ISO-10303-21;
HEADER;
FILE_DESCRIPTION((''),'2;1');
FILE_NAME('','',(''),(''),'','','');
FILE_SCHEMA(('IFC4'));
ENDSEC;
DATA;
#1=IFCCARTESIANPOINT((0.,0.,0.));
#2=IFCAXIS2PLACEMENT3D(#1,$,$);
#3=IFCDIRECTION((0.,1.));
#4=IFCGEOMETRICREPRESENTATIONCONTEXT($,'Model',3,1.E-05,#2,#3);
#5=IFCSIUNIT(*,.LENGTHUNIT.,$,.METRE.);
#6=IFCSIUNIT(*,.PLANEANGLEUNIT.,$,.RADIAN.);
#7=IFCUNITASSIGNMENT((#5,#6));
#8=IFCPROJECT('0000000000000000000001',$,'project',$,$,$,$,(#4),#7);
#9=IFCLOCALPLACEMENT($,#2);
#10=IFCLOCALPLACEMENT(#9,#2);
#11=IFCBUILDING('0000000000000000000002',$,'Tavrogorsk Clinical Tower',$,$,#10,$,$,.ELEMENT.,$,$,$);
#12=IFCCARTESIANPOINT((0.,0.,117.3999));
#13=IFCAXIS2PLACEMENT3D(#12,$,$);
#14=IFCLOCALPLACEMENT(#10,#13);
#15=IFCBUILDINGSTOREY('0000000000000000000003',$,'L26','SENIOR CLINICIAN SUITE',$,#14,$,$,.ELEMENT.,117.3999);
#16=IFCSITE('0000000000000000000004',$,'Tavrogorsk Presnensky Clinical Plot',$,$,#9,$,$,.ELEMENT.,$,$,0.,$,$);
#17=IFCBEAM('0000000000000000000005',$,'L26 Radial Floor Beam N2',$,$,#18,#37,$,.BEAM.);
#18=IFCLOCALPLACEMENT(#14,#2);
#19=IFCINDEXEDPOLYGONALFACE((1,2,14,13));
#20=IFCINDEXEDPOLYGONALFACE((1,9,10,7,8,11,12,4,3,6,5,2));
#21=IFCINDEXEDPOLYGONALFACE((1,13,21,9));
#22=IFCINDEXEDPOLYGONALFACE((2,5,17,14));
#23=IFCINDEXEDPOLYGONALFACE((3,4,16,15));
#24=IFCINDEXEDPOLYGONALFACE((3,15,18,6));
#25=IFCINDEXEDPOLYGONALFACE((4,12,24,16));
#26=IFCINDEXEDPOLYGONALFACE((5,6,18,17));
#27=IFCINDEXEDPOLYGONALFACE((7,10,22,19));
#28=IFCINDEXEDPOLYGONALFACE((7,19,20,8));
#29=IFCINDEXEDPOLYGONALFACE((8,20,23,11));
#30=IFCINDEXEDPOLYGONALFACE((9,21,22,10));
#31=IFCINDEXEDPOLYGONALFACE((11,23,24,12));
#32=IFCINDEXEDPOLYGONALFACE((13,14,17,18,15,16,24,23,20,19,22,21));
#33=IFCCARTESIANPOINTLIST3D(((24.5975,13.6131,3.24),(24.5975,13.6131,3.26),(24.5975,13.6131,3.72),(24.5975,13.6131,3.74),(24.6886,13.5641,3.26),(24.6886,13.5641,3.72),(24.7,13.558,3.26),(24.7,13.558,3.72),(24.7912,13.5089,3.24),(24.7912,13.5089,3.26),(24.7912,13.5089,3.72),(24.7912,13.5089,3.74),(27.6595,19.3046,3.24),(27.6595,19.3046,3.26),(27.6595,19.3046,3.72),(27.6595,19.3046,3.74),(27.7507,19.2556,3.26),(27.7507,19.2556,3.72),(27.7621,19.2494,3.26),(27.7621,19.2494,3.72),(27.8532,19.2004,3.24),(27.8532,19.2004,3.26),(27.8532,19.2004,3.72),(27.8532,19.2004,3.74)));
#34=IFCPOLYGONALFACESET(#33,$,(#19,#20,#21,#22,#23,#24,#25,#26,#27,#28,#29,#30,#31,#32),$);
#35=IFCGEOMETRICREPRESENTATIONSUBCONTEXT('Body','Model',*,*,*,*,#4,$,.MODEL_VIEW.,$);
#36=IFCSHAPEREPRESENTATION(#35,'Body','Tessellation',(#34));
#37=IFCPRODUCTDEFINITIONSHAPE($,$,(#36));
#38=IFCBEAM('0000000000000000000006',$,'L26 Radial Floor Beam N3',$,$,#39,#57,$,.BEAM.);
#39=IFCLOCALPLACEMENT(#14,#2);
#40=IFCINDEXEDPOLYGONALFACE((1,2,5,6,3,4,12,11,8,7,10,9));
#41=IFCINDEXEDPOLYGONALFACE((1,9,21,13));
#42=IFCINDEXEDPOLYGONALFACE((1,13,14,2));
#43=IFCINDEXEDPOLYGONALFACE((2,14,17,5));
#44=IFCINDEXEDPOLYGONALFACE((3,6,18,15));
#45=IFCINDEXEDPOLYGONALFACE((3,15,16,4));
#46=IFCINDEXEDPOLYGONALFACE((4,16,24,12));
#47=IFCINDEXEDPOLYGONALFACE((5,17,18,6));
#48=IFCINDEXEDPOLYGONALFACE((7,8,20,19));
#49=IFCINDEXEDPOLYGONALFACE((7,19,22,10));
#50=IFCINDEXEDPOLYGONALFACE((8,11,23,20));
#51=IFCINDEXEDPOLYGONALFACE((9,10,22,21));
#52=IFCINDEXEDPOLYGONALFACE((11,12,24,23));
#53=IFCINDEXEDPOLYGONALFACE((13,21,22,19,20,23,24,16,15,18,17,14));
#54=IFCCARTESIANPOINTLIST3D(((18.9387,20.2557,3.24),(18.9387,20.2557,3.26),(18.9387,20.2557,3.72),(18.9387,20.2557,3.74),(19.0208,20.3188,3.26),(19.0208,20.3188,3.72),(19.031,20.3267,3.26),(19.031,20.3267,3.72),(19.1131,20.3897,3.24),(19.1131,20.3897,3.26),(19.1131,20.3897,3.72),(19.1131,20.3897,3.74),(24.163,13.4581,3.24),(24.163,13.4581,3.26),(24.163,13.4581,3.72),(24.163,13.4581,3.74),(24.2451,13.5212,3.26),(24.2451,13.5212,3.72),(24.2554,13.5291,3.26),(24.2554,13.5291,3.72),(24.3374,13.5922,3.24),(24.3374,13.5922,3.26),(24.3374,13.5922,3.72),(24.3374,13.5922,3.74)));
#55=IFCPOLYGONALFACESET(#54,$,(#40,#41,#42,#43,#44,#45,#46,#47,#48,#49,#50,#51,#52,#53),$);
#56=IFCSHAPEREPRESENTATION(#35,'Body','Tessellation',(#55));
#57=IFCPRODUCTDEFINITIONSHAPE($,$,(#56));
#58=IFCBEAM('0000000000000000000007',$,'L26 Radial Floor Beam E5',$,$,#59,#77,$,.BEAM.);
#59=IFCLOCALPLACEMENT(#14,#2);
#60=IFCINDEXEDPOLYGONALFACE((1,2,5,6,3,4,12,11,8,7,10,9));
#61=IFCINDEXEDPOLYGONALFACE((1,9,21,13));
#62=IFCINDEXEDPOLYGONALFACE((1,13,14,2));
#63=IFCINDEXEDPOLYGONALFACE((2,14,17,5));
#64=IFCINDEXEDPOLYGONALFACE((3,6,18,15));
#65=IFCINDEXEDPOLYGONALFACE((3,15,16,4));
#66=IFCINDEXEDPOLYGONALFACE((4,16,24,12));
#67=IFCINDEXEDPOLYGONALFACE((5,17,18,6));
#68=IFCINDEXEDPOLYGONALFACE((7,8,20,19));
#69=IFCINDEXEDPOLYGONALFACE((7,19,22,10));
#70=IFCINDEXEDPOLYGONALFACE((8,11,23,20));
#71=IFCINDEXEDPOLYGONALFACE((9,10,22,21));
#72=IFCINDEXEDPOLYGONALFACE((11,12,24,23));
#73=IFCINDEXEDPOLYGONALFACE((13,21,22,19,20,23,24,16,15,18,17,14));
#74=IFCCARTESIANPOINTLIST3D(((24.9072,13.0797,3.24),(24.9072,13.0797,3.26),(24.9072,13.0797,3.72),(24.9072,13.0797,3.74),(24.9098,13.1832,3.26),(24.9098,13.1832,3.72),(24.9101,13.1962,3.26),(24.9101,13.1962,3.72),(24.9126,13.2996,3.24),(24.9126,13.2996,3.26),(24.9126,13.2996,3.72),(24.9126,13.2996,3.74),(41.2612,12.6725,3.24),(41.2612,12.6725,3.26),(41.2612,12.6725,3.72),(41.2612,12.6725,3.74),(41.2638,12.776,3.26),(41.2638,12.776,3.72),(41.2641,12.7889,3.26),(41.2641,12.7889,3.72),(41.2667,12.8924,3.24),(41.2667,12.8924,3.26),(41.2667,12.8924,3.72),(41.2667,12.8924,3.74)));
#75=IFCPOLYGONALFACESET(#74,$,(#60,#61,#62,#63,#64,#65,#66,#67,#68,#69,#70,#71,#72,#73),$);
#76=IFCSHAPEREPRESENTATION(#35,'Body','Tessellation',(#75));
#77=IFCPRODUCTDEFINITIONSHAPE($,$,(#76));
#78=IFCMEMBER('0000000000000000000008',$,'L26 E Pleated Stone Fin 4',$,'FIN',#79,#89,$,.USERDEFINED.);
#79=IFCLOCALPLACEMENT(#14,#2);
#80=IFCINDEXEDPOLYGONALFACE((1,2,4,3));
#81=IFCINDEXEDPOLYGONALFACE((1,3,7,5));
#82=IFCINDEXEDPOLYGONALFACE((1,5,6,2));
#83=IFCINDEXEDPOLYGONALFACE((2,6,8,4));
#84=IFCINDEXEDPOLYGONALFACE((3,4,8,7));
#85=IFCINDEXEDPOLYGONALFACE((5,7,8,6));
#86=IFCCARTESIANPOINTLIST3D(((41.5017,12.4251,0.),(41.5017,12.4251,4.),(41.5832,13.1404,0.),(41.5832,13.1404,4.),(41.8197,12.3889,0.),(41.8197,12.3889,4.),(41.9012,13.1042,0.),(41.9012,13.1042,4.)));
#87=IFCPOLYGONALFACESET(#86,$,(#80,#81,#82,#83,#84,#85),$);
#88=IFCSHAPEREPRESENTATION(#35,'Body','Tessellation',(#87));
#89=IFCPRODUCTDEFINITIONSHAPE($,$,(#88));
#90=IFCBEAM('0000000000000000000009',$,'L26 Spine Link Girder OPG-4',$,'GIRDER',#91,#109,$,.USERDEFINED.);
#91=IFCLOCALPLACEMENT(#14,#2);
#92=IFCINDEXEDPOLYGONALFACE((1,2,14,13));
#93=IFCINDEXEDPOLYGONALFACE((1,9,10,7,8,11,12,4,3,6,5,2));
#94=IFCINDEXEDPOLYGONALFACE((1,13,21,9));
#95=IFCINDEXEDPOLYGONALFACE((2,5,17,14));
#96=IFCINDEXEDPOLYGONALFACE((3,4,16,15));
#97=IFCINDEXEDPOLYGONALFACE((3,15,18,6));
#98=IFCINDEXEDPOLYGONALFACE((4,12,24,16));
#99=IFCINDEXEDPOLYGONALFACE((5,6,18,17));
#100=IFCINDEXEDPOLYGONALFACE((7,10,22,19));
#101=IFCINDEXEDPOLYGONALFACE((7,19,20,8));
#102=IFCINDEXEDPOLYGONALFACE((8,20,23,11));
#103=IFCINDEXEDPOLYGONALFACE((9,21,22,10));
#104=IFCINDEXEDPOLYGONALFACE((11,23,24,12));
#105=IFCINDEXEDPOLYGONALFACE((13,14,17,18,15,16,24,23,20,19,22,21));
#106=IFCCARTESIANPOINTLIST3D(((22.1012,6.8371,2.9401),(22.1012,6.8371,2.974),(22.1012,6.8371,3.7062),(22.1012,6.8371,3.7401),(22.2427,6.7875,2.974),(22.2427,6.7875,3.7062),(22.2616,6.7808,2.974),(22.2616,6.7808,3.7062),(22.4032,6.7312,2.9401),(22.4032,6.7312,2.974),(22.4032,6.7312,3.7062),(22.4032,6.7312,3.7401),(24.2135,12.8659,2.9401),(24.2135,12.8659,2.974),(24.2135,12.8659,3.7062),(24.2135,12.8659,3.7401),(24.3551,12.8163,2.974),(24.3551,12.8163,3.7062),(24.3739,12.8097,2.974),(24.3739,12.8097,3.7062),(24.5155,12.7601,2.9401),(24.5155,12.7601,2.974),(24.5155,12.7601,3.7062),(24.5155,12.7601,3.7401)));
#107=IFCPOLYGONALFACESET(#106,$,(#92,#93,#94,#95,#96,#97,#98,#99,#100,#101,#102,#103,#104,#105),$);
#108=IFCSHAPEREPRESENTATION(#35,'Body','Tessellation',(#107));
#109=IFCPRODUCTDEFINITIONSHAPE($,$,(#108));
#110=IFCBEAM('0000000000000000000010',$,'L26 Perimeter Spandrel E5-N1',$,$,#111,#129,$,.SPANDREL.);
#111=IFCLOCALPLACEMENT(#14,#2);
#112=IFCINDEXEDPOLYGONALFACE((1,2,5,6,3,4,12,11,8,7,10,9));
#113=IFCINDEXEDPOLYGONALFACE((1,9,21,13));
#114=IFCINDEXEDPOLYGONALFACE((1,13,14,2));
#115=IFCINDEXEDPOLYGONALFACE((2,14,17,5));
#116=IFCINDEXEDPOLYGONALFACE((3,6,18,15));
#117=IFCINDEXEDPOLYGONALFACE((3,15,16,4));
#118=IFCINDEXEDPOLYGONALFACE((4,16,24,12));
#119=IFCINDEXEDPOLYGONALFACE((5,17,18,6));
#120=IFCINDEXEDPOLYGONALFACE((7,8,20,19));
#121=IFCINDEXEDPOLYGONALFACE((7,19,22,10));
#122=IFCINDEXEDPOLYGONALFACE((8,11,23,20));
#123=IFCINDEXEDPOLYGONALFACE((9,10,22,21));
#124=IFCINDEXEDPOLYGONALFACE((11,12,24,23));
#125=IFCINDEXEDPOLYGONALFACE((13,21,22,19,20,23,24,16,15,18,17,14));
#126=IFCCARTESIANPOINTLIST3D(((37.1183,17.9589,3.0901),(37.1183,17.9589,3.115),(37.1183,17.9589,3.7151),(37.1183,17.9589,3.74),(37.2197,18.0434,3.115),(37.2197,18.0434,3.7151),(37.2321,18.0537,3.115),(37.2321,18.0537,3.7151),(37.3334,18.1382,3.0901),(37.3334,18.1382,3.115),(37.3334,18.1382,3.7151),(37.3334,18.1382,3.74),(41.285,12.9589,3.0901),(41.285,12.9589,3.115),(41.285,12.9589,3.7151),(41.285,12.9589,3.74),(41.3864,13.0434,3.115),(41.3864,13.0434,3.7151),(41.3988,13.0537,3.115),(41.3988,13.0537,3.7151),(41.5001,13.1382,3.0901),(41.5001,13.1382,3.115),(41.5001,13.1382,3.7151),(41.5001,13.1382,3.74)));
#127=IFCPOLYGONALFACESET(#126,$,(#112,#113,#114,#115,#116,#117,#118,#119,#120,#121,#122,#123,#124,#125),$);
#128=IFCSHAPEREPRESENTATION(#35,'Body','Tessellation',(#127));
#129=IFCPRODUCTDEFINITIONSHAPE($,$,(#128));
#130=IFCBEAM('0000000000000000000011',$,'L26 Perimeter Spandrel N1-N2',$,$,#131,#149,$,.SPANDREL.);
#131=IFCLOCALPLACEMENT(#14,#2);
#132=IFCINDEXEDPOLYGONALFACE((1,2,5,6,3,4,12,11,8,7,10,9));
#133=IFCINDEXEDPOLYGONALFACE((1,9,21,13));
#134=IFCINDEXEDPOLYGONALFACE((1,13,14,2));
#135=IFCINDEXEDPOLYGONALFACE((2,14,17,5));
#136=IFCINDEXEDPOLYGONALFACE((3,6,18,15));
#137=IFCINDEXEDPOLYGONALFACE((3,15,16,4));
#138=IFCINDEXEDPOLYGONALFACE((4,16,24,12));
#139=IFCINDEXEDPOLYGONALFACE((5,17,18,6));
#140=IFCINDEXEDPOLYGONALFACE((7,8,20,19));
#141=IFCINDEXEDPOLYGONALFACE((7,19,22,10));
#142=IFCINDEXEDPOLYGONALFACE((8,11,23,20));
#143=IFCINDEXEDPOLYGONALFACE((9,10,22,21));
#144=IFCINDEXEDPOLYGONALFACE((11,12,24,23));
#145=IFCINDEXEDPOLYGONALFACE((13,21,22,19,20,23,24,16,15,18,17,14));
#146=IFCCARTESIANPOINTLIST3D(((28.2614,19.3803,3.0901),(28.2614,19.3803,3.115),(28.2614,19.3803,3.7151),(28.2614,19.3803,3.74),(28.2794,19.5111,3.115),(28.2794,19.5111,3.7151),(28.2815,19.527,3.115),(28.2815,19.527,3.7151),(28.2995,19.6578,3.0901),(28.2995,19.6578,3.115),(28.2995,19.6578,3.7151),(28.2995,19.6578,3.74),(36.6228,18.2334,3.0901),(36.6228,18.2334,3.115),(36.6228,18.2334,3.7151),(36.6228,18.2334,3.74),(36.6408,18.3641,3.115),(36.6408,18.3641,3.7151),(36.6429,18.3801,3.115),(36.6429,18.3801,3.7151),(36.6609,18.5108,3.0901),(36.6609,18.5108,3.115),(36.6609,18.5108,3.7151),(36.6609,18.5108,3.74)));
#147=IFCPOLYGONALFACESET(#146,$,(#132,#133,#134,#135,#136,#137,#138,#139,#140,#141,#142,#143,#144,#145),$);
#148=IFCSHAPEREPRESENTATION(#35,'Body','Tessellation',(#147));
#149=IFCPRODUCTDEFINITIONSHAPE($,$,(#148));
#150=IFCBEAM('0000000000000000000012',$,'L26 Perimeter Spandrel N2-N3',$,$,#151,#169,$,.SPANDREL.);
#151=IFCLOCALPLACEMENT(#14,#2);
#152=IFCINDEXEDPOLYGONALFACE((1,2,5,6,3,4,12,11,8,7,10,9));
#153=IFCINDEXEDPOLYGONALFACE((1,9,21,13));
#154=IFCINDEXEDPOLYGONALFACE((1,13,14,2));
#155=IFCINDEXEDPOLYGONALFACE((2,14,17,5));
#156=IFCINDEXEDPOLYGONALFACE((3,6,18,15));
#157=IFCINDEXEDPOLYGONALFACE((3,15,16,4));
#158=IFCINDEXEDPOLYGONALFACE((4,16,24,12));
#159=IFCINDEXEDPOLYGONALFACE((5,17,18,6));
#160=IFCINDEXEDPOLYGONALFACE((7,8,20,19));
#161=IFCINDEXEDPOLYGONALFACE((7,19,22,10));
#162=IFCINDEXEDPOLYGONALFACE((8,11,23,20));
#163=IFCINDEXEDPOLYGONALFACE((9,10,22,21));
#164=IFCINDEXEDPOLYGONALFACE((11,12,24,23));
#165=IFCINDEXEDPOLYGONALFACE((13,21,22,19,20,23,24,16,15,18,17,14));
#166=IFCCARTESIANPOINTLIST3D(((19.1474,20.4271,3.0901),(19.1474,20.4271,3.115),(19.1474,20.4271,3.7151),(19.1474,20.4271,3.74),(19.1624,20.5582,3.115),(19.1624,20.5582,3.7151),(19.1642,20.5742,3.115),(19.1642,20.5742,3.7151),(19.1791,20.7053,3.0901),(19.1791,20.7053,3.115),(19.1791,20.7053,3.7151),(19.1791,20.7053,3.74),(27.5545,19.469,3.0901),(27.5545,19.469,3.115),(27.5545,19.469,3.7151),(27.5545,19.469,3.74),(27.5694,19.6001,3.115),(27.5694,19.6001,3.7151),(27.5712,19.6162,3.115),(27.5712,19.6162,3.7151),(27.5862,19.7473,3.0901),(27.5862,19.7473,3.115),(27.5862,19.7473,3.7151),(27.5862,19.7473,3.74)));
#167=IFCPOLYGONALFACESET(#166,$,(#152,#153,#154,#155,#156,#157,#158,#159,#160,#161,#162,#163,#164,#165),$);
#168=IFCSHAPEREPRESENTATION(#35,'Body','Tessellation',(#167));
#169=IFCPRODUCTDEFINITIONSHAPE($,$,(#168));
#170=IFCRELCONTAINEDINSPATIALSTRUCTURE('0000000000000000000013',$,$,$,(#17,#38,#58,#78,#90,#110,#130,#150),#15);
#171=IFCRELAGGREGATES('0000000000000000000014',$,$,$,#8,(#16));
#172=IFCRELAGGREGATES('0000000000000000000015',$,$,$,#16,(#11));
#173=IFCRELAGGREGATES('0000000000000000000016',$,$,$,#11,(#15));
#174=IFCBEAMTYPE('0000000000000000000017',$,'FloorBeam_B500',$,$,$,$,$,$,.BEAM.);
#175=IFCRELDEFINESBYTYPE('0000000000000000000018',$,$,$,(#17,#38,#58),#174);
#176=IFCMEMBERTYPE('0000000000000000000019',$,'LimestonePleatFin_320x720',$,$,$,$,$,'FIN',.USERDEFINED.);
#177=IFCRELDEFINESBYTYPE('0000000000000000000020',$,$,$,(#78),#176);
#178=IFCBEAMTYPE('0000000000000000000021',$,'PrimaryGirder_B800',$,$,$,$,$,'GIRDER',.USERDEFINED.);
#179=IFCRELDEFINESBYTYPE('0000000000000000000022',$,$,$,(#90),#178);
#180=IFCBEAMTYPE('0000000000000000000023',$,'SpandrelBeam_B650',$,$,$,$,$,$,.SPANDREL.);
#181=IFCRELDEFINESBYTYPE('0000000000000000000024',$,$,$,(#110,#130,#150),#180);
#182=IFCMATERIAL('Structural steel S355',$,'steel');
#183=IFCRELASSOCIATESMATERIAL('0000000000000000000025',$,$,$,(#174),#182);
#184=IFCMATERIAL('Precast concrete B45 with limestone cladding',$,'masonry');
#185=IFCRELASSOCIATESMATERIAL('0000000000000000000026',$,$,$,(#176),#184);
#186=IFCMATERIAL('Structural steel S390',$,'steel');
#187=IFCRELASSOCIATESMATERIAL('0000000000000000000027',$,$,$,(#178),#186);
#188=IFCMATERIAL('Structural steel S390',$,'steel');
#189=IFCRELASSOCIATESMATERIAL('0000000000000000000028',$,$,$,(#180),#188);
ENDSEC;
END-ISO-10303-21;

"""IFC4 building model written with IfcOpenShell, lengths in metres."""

from ifc_helpers import new_model, si_unit, direction, frame, origin, origin_2d, place, context, subcontext, project, spatial, rectangle, i_section, extrude, material, material_profile, profile_set, type_object, element, save


model = new_model("IFC4")

# Units and contexts
model_context = context("Model", 3, precision=1e-05, world=origin(), true_north=direction((0.0, 1.0)))
body_context = subcontext(model_context, "Body", "Model", "MODEL_VIEW")
ifc_project = project(units=[si_unit("LENGTHUNIT", "METRE"), si_unit("PLANEANGLEUNIT", "RADIAN")], contexts=[model_context])

# Site, building, storey
site_placement = place(None, origin())
site = spatial("IfcSite", under=ifc_project, at=site_placement, Name="Tavrogorsk Presnensky Clinical Plot", CompositionType="ELEMENT", RefElevation=0.0)
building_placement = place(site_placement, origin())
building = spatial("IfcBuilding", under=site, at=building_placement, Name="Tavrogorsk Clinical Tower", CompositionType="ELEMENT")
storey_placement = place(building_placement, frame((0.0, 0.0, 117.3999)))
storey = spatial("IfcBuildingStorey", under=building, at=storey_placement, Name="L26", Description="SENIOR CLINICIAN SUITE", CompositionType="ELEMENT", Elevation=117.3999)

# Beams
ifc_material_1 = material(Name="Structural steel S355", Category="steel")
ifc_material_profile_1 = material_profile(ifc_material_1, i_section(OverallWidth=0.22, OverallDepth=0.5, WebThickness=0.0129, FlangeThickness=0.02, at=origin_2d()), Name="B-500x220x13x20")
ifc_profile_set_1 = profile_set([ifc_material_profile_1], Name="Structural steel S355")
beam_type_1 = type_object("IfcBeamType", Name="FloorBeam_B500", PredefinedType="BEAM", material=ifc_profile_set_1)
beam_1_placement = place(storey_placement, frame((24.6943, 13.561, 3.49), z_axis=(0.473789, 0.880638, 0.0), x_axis=(-0.880638, 0.473789, 0.0)))
element("IfcBeam", 1, at=beam_1_placement, inside=storey, type_object=beam_type_1, Name="L26 Radial Floor Beam N2", PredefinedType="BEAM", context=body_context, shape_type="SweptSolid", body=[
    extrude(i_section(OverallWidth=0.22, OverallDepth=0.5, WebThickness=0.0129, FlangeThickness=0.02, at=origin_2d()), origin(), (0.0, 0.0, 1.0), 6.4629),
])
beam_2_placement = place(storey_placement, frame((24.2502, 13.5251, 3.49), z_axis=(-0.609376, 0.792881, 0.0), x_axis=(-0.792881, -0.609376, 0.0)))
element("IfcBeam", 2, at=beam_2_placement, inside=storey, type_object=beam_type_1, Name="L26 Radial Floor Beam N3", PredefinedType="BEAM", context=body_context, shape_type="SweptSolid", body=[
    extrude(i_section(OverallWidth=0.22, OverallDepth=0.5, WebThickness=0.0129, FlangeThickness=0.02, at=origin_2d()), origin(), (0.0, 0.0, 1.0), 8.5732),
])
beam_3_placement = place(storey_placement, frame((24.9099, 13.1897, 3.49), z_axis=(0.99969, -0.024893, 0.0), x_axis=(0.024893, 0.99969, 0.0)))
element("IfcBeam", 3, at=beam_3_placement, inside=storey, type_object=beam_type_1, Name="L26 Radial Floor Beam E5", PredefinedType="BEAM", context=body_context, shape_type="SweptSolid", body=[
    extrude(i_section(OverallWidth=0.22, OverallDepth=0.5, WebThickness=0.0129, FlangeThickness=0.02, at=origin_2d()), origin(), (0.0, 0.0, 1.0), 16.3591),
])

# Member
ifc_material_2 = material(Name="Precast concrete B45 with limestone cladding", Category="masonry")
ifc_material_profile_2 = material_profile(ifc_material_2, rectangle(XDim=0.3201, YDim=0.72, at=origin_2d()), Name="LIMESTONE-FIN-320x720")
ifc_profile_set_2 = profile_set([ifc_material_profile_2], Name="Precast concrete B45 with limestone cladding")
member_type_1 = type_object("IfcMemberType", Name="LimestonePleatFin_320x720", ElementType="FIN", PredefinedType="USERDEFINED", material=ifc_profile_set_2)
member_1_placement = place(storey_placement, frame((41.7014, 12.7646, 0.0), z_axis=(0.0, 0.0, 1.0), x_axis=(0.993572, -0.113203, 0.0)))
element("IfcMember", 4, at=member_1_placement, inside=storey, type_object=member_type_1, Name="L26 E Pleated Stone Fin 4", ObjectType="FIN", PredefinedType="USERDEFINED", context=body_context, shape_type="SweptSolid", body=[
    extrude(rectangle(XDim=0.3201, YDim=0.72, at=origin_2d()), origin(), (0.0, 0.0, 1.0), 4.0),
])

# Beams
ifc_material_3 = material(Name="Structural steel S390", Category="steel")
ifc_material_profile_3 = material_profile(ifc_material_3, i_section(OverallWidth=0.3201, OverallDepth=0.8, WebThickness=0.02, FlangeThickness=0.0339, at=origin_2d()), Name="B-800x320x20x34")
ifc_profile_set_3 = profile_set([ifc_material_profile_3], Name="Structural steel S390")
beam_type_2 = type_object("IfcBeamType", Name="PrimaryGirder_B800", ElementType="GIRDER", PredefinedType="USERDEFINED", material=ifc_profile_set_3)
beam_4_placement = place(storey_placement, frame((24.3645, 12.813, 3.3401), z_axis=(-0.33066, -0.94375, 0.0), x_axis=(0.94375, -0.33066, 0.0)))
element("IfcBeam", 5, at=beam_4_placement, inside=storey, type_object=beam_type_2, Name="L26 Spine Link Girder OPG-4", ObjectType="GIRDER", PredefinedType="USERDEFINED", context=body_context, shape_type="SweptSolid", body=[
    extrude(i_section(OverallWidth=0.3201, OverallDepth=0.8, WebThickness=0.02, FlangeThickness=0.0339, at=origin_2d()), origin(), (0.0, 0.0, 1.0), 6.3882),
])
ifc_material_4 = material(Name="Structural steel S390", Category="steel")
ifc_material_profile_4 = material_profile(ifc_material_4, i_section(OverallWidth=0.28, OverallDepth=0.6499, WebThickness=0.0161, FlangeThickness=0.0249, at=origin_2d()), Name="B-650x280x16x25")
ifc_profile_set_4 = profile_set([ifc_material_profile_4], Name="Structural steel S390")
beam_type_3 = type_object("IfcBeamType", Name="SpandrelBeam_B650", PredefinedType="SPANDREL", material=ifc_profile_set_4)
beam_5_placement = place(storey_placement, frame((41.3926, 13.0486, 3.415), z_axis=(-0.640192, 0.768215, 0.0), x_axis=(-0.768215, -0.640192, 0.0)))
element("IfcBeam", 6, at=beam_5_placement, inside=storey, type_object=beam_type_3, Name="L26 Perimeter Spandrel E5-N1", PredefinedType="SPANDREL", context=body_context, shape_type="SweptSolid", body=[
    extrude(i_section(OverallWidth=0.28, OverallDepth=0.6499, WebThickness=0.0161, FlangeThickness=0.0249, at=origin_2d()), origin(), (0.0, 0.0, 1.0), 6.5085),
])
beam_6_placement = place(storey_placement, frame((36.6418, 18.3721, 3.415), z_axis=(-0.990722, 0.135903, 0.0), x_axis=(-0.135903, -0.990722, 0.0)))
element("IfcBeam", 7, at=beam_6_placement, inside=storey, type_object=beam_type_3, Name="L26 Perimeter Spandrel N1-N2", PredefinedType="SPANDREL", context=body_context, shape_type="SweptSolid", body=[
    extrude(i_section(OverallWidth=0.28, OverallDepth=0.6499, WebThickness=0.0161, FlangeThickness=0.0249, at=origin_2d()), origin(), (0.0, 0.0, 1.0), 8.4397),
])
beam_7_placement = place(storey_placement, frame((27.5703, 19.6082, 3.415), z_axis=(-0.99357, 0.113221, 0.0), x_axis=(-0.113221, -0.99357, 0.0)))
element("IfcBeam", 8, at=beam_7_placement, inside=storey, type_object=beam_type_3, Name="L26 Perimeter Spandrel N2-N3", PredefinedType="SPANDREL", context=body_context, shape_type="SweptSolid", body=[
    extrude(i_section(OverallWidth=0.28, OverallDepth=0.6499, WebThickness=0.0161, FlangeThickness=0.0249, at=origin_2d()), origin(), (0.0, 0.0, 1.0), 8.4614),
])

save(model, "model.ifc")
